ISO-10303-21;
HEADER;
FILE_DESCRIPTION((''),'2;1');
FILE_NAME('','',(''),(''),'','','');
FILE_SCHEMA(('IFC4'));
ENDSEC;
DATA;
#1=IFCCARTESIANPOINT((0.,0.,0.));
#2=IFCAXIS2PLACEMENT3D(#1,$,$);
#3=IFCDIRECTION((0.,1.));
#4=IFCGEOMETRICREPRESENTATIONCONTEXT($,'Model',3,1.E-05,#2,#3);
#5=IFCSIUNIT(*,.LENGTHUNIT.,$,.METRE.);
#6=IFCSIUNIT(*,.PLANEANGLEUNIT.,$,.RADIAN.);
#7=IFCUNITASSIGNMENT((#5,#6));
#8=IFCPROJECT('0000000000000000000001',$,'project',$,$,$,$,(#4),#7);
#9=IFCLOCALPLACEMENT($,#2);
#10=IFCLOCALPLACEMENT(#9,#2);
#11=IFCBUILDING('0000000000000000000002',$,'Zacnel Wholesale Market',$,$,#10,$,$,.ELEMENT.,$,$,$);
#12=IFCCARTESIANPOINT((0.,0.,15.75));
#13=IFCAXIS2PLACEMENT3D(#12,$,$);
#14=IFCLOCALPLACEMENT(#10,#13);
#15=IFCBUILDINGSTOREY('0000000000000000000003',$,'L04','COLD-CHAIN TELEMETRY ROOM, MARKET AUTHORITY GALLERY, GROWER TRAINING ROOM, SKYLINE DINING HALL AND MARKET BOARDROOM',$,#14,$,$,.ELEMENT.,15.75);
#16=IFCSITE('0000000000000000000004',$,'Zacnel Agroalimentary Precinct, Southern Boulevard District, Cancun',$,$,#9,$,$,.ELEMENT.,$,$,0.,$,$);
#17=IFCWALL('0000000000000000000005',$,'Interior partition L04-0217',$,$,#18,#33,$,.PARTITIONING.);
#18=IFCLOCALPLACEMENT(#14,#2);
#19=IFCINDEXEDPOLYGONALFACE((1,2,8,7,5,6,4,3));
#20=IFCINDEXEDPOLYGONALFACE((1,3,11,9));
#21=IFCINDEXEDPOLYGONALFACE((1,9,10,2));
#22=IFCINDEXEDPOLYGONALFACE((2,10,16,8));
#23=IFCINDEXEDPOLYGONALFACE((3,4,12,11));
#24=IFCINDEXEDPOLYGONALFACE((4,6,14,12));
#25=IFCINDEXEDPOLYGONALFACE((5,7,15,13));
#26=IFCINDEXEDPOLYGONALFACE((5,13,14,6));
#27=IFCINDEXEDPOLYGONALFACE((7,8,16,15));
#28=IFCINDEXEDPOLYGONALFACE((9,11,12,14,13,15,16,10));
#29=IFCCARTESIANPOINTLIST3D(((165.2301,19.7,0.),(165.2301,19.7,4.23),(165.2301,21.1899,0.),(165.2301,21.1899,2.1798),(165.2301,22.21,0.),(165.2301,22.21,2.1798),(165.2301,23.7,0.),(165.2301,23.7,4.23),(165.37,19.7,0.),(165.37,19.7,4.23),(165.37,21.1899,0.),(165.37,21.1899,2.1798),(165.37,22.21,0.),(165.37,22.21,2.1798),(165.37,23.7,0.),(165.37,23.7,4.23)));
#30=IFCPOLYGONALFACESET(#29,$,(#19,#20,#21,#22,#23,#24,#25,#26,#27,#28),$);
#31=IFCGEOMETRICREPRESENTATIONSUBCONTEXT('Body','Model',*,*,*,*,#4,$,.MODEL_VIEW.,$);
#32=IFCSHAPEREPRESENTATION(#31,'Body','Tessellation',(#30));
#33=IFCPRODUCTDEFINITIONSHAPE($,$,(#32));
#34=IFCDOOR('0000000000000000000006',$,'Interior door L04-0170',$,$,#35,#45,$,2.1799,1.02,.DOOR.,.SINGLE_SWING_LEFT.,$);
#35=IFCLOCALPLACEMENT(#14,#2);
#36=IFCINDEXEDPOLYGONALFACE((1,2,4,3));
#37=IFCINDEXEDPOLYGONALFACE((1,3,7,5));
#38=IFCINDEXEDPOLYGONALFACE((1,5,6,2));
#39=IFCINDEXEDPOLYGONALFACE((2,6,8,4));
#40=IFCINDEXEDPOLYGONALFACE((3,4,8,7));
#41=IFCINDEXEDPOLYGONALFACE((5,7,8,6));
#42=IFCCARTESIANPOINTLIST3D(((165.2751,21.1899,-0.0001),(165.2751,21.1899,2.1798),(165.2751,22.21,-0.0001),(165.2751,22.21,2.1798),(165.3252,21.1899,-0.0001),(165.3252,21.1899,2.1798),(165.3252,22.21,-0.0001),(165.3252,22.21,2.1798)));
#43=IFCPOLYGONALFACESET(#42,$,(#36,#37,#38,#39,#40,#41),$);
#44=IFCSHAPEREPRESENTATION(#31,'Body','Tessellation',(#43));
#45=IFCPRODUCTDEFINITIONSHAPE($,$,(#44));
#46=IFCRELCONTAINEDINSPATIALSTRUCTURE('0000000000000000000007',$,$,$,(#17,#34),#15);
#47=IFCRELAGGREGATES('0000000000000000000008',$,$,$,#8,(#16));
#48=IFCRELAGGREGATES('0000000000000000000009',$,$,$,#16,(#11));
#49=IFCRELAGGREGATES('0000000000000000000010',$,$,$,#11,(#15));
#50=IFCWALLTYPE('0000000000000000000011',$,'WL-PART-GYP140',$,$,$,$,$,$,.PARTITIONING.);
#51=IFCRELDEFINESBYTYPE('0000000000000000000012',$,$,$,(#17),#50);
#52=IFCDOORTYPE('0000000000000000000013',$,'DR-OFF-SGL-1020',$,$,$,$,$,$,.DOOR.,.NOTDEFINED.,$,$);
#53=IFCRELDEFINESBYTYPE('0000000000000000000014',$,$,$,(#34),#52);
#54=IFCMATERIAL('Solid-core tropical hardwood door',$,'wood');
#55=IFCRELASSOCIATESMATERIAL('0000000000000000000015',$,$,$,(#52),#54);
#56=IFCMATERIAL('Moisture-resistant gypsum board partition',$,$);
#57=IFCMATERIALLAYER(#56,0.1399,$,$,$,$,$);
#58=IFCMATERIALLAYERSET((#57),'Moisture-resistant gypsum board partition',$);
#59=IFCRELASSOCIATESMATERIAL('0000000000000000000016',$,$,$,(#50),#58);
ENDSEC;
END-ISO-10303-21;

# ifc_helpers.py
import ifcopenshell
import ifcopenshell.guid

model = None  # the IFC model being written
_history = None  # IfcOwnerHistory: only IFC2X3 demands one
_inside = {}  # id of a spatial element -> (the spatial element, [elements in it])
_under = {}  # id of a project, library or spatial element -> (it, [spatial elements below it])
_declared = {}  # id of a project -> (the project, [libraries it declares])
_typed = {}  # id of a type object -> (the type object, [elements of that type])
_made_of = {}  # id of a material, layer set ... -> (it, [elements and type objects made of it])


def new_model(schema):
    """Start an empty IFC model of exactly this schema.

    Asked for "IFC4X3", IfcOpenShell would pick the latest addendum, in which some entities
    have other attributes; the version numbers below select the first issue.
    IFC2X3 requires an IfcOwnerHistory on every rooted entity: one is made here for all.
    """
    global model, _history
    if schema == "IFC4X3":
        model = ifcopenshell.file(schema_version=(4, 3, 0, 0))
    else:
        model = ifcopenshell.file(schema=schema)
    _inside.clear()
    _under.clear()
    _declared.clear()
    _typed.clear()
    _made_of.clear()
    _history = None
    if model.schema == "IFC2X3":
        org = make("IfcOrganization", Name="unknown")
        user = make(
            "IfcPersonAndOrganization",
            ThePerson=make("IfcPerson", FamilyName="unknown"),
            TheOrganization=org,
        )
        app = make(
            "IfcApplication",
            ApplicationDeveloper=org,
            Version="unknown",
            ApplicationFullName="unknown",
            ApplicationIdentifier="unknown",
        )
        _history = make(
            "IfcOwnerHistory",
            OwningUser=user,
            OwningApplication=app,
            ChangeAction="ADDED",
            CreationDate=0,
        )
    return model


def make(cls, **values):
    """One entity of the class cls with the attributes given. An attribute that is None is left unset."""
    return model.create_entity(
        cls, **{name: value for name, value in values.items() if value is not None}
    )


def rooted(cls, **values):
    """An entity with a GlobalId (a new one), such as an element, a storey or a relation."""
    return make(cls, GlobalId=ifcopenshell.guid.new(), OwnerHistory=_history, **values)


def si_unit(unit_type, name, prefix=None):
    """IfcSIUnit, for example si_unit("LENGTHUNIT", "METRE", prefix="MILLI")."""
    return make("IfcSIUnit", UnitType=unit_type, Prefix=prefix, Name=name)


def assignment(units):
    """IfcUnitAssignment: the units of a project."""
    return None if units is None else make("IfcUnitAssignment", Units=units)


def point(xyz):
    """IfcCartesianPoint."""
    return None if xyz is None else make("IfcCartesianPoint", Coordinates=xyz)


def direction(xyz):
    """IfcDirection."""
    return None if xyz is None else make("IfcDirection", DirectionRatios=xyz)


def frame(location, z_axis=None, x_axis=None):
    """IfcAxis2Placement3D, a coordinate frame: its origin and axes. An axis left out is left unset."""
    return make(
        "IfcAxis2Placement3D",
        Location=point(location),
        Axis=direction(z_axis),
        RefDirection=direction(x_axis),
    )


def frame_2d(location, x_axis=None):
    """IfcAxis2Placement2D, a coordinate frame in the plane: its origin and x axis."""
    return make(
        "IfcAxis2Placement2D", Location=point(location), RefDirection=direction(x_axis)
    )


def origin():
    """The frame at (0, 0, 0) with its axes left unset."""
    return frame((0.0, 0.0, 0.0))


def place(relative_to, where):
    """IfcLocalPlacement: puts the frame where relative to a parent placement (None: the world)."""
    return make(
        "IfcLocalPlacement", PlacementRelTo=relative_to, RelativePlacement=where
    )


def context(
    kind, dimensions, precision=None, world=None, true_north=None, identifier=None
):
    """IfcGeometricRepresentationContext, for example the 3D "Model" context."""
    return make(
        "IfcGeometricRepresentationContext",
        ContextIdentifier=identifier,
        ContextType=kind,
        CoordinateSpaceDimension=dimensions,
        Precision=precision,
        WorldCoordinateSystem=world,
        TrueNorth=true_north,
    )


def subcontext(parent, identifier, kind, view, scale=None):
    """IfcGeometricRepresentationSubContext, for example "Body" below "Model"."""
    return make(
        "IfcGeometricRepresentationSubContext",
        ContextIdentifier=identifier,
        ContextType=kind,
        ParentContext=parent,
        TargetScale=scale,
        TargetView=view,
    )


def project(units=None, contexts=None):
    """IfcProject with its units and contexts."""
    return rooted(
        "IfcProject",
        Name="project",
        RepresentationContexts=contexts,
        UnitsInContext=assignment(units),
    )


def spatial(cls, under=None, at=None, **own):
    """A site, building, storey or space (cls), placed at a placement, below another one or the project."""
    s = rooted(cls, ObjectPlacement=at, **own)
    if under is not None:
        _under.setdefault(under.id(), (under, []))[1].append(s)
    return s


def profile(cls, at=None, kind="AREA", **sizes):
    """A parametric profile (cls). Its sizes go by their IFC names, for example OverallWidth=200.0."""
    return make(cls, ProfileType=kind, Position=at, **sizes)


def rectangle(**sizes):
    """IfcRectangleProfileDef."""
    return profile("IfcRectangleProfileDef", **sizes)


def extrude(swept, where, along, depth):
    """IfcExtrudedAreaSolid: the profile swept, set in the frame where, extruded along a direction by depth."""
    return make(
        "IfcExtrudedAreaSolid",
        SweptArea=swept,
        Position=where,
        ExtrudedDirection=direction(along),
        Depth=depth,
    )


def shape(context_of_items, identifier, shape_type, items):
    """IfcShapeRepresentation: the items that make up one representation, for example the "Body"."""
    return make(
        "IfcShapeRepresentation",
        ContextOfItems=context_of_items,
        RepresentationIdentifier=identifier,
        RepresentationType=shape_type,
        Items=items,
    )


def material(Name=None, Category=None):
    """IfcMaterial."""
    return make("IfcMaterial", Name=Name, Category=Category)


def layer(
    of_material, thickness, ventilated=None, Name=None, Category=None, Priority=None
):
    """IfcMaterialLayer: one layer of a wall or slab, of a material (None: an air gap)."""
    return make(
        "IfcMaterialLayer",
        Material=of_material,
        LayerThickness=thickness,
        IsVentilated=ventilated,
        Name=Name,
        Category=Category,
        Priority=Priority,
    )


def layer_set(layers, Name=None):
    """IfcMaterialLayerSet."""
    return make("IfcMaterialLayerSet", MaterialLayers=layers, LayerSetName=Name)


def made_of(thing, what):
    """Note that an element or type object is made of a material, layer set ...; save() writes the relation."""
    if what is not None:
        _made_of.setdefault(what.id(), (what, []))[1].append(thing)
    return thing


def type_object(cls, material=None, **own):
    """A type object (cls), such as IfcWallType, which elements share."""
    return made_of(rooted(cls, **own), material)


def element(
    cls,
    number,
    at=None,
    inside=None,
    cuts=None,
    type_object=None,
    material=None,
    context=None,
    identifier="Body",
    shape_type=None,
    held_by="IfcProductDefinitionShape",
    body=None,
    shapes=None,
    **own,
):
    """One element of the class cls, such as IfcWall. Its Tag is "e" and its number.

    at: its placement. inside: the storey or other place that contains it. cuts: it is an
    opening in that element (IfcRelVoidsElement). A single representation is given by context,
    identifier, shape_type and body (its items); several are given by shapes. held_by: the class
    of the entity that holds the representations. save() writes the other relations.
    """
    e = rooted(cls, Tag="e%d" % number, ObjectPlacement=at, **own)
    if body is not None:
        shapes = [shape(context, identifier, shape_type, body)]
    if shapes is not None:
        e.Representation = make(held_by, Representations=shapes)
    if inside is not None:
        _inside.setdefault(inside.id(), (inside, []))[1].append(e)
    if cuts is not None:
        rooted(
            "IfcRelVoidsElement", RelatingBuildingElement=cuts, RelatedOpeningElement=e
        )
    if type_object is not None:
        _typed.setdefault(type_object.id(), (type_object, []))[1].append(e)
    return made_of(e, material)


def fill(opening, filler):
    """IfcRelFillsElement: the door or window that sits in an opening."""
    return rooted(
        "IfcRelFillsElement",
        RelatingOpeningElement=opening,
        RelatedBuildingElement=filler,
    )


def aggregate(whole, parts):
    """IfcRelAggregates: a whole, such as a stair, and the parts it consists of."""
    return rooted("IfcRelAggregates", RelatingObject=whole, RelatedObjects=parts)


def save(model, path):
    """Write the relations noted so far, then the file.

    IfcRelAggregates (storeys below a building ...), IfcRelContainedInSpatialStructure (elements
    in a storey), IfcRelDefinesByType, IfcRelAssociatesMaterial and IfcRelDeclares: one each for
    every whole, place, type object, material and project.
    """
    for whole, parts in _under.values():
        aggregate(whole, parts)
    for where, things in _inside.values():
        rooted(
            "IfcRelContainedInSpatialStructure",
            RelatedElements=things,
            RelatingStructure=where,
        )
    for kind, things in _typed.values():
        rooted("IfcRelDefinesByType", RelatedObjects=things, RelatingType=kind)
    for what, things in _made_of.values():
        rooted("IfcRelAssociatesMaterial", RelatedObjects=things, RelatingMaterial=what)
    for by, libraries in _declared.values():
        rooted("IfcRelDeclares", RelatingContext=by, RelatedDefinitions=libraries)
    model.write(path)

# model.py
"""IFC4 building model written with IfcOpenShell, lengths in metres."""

from ifc_helpers import new_model, si_unit, direction, frame, frame_2d, origin, place, context, subcontext, project, spatial, rectangle, extrude, material, layer, layer_set, type_object, element, fill, save


model = new_model("IFC4")

# Units and contexts
model_context = context("Model", 3, precision=1e-05, world=origin(), true_north=direction((0.0, 1.0)))
body_context = subcontext(model_context, "Body", "Model", "MODEL_VIEW")
ifc_project = project(units=[si_unit("LENGTHUNIT", "METRE"), si_unit("PLANEANGLEUNIT", "RADIAN")], contexts=[model_context])

# Site, building, storey
site_placement = place(None, origin())
site = spatial("IfcSite", under=ifc_project, at=site_placement, Name="Zacnel Agroalimentary Precinct, Southern Boulevard District, Cancun", CompositionType="ELEMENT", RefElevation=0.0)
building_placement = place(site_placement, origin())
building = spatial("IfcBuilding", under=site, at=building_placement, Name="Zacnel Wholesale Market", CompositionType="ELEMENT")
storey_placement = place(building_placement, frame((0.0, 0.0, 15.75)))
storey = spatial("IfcBuildingStorey", under=building, at=storey_placement, Name="L04", Description="COLD-CHAIN TELEMETRY ROOM, MARKET AUTHORITY GALLERY, GROWER TRAINING ROOM, SKYLINE DINING HALL AND MARKET BOARDROOM", CompositionType="ELEMENT", Elevation=15.75)

# Wall, opening, door
ifc_material_1 = material(Name="Solid-core tropical hardwood door", Category="wood")
door_type_1 = type_object("IfcDoorType", Name="DR-OFF-SGL-1020", OperationType="NOTDEFINED", PredefinedType="DOOR", material=ifc_material_1)
ifc_material_2 = material(Name="Moisture-resistant gypsum board partition")
ifc_layer_1 = layer(ifc_material_2, 0.1399)
ifc_layer_set_1 = layer_set([ifc_layer_1], Name="Moisture-resistant gypsum board partition")
wall_type_1 = type_object("IfcWallType", Name="WL-PART-GYP140", PredefinedType="PARTITIONING", material=ifc_layer_set_1)
wall_1_placement = place(storey_placement, frame((165.3, 19.7, 0.0), z_axis=(0.0, 0.0, 1.0), x_axis=(0.0, 1.0, 0.0)))
wall_1 = element("IfcWall", 1, at=wall_1_placement, inside=storey, type_object=wall_type_1, Name="Interior partition L04-0217", PredefinedType="PARTITIONING", context=body_context, shape_type="SweptSolid", body=[
    extrude(rectangle(XDim=4.0, YDim=0.1399, at=frame_2d((2.0, 0.0))), origin(), (0.0, 0.0, 1.0), 4.23),
])
opening_1_placement = place(wall_1_placement, frame((1.49, 0.0, 0.0)))
opening_1 = element("IfcOpeningElement", 2, at=opening_1_placement, cuts=wall_1, PredefinedType="OPENING", context=body_context, shape_type="SweptSolid", body=[
    extrude(rectangle(XDim=1.02, YDim=2.1799, at=frame_2d((0.51, 1.0898))), frame((0.0, 0.0798, 0.0), z_axis=(0.0, -1.0, 0.0), x_axis=(1.0, 0.0, 0.0)), (0.0, 0.0, 1.0), 0.1599),
])
door_1_placement = place(opening_1_placement, origin())
door_1 = element("IfcDoor", 3, at=door_1_placement, inside=storey, type_object=door_type_1, Name="Interior door L04-0170", OperationType="SINGLE_SWING_LEFT", OverallHeight=2.1799, OverallWidth=1.02, PredefinedType="DOOR", context=body_context, shape_type="SweptSolid", body=[
    extrude(rectangle(XDim=1.02, YDim=2.1799, at=frame_2d((0.51, 1.0898))), frame((0.0, 0.0249, 0.0), z_axis=(0.0, -1.0, 0.0), x_axis=(1.0, 0.0, 0.0)), (0.0, 0.0, 1.0), 0.05),
])
fill(opening_1, door_1)

save(model, "model.ifc")
